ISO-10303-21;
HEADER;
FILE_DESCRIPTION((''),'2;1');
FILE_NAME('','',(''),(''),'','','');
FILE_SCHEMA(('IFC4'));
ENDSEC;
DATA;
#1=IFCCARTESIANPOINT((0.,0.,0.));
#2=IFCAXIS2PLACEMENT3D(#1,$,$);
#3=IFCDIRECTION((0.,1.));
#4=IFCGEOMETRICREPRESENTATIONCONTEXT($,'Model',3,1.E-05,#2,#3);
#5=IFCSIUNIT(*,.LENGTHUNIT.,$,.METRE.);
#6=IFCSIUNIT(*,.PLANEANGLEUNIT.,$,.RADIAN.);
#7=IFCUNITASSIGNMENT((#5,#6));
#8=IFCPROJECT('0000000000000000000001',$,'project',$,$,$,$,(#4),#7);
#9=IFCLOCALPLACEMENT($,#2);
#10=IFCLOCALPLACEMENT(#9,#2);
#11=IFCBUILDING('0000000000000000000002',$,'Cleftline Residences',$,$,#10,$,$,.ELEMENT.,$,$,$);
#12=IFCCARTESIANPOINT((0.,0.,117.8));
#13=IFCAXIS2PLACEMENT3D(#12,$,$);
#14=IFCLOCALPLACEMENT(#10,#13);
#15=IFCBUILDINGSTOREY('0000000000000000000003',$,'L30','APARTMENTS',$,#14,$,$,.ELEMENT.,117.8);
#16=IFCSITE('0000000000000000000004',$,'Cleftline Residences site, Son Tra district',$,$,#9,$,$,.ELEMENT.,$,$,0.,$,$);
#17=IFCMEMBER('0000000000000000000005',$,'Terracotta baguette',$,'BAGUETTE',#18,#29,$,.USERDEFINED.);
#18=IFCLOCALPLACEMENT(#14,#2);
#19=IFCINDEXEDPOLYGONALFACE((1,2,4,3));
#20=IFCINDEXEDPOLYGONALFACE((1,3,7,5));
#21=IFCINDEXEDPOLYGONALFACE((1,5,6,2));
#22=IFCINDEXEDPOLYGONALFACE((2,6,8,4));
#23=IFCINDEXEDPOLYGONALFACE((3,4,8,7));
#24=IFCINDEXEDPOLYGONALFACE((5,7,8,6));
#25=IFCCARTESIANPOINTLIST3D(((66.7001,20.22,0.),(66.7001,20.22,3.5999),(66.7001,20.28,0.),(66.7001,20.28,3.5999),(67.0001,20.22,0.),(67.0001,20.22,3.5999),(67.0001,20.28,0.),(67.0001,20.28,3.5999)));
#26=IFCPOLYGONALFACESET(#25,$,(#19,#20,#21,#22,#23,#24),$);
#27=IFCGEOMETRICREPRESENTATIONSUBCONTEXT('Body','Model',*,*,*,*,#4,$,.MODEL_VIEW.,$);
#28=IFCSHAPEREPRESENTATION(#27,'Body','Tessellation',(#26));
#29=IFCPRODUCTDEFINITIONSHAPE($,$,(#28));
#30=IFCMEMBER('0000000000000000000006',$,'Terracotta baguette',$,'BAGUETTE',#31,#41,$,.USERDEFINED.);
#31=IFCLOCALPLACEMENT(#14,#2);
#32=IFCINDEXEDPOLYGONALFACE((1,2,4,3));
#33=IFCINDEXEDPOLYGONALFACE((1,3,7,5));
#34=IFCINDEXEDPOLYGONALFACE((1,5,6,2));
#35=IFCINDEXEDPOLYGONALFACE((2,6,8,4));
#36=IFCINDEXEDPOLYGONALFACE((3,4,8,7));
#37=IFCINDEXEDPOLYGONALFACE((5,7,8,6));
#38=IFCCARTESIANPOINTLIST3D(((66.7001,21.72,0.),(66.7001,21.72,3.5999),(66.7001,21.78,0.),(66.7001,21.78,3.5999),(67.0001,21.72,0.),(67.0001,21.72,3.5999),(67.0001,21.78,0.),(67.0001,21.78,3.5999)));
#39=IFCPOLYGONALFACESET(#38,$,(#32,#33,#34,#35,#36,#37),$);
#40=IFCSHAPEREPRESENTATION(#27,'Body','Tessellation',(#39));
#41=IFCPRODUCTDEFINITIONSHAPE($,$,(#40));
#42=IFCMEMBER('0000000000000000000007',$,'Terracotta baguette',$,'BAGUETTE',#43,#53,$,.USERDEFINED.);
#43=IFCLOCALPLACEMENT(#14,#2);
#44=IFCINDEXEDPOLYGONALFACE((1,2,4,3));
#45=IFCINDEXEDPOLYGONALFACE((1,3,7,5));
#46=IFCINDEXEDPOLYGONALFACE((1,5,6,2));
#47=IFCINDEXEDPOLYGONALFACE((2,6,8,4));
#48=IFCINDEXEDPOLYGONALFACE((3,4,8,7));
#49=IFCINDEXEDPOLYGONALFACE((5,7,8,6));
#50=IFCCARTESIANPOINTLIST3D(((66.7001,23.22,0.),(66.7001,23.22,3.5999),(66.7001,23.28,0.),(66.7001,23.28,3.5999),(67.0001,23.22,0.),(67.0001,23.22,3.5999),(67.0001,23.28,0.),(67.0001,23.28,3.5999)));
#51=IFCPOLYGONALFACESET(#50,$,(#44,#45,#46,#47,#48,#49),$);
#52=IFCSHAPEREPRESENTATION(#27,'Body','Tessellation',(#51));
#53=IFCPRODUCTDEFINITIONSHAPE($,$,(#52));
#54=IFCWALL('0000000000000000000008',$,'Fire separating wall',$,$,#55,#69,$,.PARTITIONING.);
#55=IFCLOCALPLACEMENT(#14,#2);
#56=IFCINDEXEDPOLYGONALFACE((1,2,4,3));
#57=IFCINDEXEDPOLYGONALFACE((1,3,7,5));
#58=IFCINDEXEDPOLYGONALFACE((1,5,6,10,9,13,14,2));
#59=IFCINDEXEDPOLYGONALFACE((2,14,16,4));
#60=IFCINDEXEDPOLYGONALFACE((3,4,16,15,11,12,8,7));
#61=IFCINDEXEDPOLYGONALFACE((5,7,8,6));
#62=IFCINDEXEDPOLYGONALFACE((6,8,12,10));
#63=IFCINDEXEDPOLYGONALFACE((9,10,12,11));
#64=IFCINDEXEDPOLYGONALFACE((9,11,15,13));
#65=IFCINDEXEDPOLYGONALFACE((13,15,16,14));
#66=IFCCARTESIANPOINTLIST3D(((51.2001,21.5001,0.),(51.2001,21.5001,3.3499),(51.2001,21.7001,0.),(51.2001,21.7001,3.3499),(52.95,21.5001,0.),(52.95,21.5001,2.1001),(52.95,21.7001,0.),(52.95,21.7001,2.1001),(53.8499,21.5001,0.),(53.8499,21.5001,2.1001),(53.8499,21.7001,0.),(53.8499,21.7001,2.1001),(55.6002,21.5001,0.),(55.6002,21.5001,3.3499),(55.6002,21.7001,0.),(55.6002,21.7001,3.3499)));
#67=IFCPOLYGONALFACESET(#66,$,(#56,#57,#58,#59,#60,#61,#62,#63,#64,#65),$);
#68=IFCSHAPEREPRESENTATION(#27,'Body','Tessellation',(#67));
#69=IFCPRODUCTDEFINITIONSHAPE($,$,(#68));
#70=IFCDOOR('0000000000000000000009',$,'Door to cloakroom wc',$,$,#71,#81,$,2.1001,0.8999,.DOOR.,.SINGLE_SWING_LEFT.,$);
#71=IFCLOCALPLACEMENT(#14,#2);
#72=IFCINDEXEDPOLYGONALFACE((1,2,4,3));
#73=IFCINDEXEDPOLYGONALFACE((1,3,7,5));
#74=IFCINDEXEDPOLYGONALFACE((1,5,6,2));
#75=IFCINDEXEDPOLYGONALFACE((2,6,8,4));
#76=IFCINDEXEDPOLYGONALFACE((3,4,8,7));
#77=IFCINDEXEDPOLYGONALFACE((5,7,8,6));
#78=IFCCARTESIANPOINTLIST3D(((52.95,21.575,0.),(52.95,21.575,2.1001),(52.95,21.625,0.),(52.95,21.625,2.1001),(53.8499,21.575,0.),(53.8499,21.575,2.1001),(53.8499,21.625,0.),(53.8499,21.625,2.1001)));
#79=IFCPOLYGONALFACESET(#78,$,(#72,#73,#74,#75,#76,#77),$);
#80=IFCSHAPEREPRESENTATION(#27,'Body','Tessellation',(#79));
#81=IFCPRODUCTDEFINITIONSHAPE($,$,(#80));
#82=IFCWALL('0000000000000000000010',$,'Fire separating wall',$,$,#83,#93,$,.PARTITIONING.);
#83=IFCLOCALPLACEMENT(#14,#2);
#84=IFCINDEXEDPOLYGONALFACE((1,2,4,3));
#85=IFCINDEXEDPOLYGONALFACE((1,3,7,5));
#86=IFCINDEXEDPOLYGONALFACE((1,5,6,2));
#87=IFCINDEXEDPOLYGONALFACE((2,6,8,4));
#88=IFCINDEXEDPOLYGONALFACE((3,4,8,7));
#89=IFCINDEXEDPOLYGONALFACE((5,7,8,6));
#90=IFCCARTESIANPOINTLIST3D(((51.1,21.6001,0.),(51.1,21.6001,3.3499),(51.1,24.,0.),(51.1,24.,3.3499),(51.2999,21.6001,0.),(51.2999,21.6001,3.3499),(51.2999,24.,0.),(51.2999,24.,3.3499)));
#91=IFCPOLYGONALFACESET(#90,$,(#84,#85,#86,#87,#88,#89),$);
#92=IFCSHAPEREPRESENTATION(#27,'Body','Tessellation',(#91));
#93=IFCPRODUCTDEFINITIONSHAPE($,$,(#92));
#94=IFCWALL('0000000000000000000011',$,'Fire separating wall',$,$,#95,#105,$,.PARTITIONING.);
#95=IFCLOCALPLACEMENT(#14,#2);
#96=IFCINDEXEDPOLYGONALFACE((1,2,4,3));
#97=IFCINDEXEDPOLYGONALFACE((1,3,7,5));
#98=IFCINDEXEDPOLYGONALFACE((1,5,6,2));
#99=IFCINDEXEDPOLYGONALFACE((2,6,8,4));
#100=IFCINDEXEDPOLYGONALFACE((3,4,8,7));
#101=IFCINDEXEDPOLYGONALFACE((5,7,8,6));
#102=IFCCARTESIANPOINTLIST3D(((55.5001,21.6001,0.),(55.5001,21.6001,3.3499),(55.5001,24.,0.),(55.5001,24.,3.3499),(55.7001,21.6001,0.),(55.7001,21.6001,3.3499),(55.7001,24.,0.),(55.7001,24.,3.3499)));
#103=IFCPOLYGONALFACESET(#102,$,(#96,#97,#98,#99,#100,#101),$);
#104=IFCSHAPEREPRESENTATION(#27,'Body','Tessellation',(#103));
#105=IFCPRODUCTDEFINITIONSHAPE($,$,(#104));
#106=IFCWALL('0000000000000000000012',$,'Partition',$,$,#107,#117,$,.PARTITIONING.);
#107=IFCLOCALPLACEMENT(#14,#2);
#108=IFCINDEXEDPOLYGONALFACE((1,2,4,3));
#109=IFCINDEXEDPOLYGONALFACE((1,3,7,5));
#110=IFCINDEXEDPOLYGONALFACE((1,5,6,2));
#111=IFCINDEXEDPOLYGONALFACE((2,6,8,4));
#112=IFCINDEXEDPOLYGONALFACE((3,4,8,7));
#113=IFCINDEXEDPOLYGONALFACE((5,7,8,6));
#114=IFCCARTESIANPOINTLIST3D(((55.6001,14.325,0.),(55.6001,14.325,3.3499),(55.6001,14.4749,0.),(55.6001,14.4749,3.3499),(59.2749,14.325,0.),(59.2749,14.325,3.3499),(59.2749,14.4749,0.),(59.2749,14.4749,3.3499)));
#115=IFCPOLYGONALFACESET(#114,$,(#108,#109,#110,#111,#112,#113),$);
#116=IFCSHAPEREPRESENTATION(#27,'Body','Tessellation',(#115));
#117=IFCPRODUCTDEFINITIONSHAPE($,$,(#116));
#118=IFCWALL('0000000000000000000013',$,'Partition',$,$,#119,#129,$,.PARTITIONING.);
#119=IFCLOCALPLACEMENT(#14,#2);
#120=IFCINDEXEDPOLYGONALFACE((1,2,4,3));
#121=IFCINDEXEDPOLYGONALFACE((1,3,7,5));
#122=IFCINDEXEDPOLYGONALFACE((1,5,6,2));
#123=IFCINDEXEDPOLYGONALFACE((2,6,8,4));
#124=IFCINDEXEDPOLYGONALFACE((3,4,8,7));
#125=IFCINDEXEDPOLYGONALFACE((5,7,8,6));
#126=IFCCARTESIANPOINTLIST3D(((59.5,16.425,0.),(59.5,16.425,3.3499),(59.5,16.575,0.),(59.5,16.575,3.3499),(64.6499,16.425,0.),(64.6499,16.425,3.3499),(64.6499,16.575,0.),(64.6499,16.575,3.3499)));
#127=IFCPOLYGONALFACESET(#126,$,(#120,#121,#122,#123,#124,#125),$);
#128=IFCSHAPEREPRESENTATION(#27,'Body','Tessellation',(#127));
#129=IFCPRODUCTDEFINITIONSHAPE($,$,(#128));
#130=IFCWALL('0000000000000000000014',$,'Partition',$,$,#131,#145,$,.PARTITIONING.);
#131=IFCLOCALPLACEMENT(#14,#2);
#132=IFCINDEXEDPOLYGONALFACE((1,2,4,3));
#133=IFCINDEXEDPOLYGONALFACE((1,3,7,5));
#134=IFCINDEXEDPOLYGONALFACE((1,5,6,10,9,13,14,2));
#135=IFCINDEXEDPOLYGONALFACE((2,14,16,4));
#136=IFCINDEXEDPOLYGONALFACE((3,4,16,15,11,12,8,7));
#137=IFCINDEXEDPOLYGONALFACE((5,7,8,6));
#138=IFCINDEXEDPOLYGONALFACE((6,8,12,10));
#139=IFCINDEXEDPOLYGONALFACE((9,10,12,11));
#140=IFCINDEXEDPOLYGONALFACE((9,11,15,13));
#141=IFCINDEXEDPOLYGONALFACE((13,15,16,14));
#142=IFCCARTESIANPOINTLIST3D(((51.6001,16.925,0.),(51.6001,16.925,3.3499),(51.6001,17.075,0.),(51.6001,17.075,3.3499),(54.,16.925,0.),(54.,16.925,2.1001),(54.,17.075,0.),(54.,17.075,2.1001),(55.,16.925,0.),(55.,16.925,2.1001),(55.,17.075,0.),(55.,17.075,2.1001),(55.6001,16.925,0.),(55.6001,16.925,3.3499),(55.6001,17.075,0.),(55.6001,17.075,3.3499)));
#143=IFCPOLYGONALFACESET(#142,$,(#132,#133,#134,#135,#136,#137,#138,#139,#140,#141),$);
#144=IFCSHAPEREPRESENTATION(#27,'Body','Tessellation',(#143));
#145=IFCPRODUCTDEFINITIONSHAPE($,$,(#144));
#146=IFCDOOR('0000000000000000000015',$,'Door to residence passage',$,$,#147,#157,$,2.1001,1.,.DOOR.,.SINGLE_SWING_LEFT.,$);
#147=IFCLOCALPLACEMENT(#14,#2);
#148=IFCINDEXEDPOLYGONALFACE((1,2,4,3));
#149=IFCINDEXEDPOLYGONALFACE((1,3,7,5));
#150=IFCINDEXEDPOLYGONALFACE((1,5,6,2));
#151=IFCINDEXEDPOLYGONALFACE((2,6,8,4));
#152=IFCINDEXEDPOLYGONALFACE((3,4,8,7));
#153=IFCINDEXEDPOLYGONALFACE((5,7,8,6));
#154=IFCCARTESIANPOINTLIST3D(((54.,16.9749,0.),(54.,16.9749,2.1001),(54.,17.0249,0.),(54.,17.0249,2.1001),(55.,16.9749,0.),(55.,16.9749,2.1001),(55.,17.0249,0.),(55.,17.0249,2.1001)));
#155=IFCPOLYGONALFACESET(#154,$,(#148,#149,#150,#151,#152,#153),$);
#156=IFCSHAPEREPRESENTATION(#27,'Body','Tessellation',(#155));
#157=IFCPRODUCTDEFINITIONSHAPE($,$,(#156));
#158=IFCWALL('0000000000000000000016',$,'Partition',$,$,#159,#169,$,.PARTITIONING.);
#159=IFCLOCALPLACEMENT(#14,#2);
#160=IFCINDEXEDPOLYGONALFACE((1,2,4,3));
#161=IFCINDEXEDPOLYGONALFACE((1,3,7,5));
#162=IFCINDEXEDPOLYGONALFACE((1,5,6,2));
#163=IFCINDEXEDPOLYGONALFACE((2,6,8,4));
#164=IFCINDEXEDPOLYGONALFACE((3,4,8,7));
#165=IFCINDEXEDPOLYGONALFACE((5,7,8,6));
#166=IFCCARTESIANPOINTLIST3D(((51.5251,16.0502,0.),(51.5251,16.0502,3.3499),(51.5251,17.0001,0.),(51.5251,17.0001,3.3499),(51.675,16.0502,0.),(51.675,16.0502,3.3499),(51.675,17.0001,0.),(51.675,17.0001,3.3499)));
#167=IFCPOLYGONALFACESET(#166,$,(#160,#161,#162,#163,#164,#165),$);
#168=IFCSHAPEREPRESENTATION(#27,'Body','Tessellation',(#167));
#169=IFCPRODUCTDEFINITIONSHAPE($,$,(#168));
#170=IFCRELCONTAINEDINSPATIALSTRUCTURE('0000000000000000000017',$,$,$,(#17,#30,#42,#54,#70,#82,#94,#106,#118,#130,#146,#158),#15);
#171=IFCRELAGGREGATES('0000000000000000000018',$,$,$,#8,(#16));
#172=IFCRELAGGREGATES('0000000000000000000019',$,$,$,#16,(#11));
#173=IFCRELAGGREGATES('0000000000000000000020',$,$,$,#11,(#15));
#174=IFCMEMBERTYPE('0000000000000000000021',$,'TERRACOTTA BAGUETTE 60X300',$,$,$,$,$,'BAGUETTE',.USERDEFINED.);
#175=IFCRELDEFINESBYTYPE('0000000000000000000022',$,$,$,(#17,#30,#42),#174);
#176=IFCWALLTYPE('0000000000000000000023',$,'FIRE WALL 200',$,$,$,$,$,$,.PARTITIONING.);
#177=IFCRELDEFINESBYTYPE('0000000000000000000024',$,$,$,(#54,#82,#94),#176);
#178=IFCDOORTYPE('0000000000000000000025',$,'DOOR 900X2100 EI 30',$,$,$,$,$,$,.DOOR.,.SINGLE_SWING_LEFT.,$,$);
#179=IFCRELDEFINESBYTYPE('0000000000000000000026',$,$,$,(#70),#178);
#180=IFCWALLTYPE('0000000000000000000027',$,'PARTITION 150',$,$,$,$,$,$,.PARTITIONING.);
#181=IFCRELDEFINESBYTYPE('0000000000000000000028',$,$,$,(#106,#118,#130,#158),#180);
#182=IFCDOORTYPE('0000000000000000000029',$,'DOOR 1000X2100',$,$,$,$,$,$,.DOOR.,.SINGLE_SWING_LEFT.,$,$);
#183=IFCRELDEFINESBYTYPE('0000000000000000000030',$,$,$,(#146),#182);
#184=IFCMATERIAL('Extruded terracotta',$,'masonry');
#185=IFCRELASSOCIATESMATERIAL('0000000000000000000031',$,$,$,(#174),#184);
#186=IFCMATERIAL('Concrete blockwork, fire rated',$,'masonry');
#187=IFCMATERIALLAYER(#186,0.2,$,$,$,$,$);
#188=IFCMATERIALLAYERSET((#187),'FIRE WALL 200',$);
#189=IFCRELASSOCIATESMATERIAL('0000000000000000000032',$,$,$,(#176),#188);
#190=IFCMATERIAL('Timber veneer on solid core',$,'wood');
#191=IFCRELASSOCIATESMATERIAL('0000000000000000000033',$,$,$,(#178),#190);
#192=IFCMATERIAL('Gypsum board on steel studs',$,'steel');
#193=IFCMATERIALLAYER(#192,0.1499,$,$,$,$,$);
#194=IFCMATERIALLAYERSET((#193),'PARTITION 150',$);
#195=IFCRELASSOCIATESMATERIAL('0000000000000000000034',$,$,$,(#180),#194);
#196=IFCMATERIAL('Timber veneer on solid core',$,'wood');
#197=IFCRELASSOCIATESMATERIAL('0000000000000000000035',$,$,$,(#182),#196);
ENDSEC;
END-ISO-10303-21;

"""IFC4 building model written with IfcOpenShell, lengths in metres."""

from ifc_helpers import new_model, si_unit, direction, frame, frame_2d, origin, origin_2d, place, context, subcontext, project, spatial, rectangle, extrude, material, layer, layer_set, material_profile, profile_set, type_object, element, fill, save


model = new_model("IFC4")

# Units and contexts
model_context = context("Model", 3, precision=1e-05, world=origin(), true_north=direction((0.0, 1.0)))
body_context = subcontext(model_context, "Body", "Model", "MODEL_VIEW")
ifc_project = project(units=[si_unit("LENGTHUNIT", "METRE"), si_unit("PLANEANGLEUNIT", "RADIAN")], contexts=[model_context])

# Site, building, storey
site_placement = place(None, origin())
site = spatial("IfcSite", under=ifc_project, at=site_placement, Name="Cleftline Residences site, Son Tra district", CompositionType="ELEMENT", RefElevation=0.0)
building_placement = place(site_placement, origin())
building = spatial("IfcBuilding", under=site, at=building_placement, Name="Cleftline Residences", CompositionType="ELEMENT")
storey_placement = place(building_placement, frame((0.0, 0.0, 117.8)))
storey = spatial("IfcBuildingStorey", under=building, at=storey_placement, Name="L30", Description="APARTMENTS", CompositionType="ELEMENT", Elevation=117.8)

# Members
ifc_material_1 = material(Name="Extruded terracotta", Category="masonry")
ifc_material_profile_1 = material_profile(ifc_material_1, rectangle(XDim=0.0601, YDim=0.3, at=origin_2d()))
ifc_profile_set_1 = profile_set([ifc_material_profile_1], Name="Extruded terracotta")
member_type_1 = type_object("IfcMemberType", Name="TERRACOTTA BAGUETTE 60X300", ElementType="BAGUETTE", PredefinedType="USERDEFINED", material=ifc_profile_set_1)
for number, where, z_axis, x_axis, name in (
    (1, (66.8501, 20.25, 0.0), (0.0, 0.0, 1.0), (0.0, 1.0, 0.0), "Terracotta baguette"),
    (2, (66.8501, 21.75, 0.0), (0.0, 0.0, 1.0), (0.0, 1.0, 0.0), "Terracotta baguette"),
    (3, (66.8501, 23.25, 0.0), (0.0, 0.0, 1.0), (0.0, 1.0, 0.0), "Terracotta baguette"),
):
    element("IfcMember", number, at=place(storey_placement, frame(where, z_axis=z_axis, x_axis=x_axis)), inside=storey, type_object=member_type_1, Name=name, ObjectType="BAGUETTE", PredefinedType="USERDEFINED", context=body_context, shape_type="SweptSolid", body=[
        extrude(rectangle(XDim=0.0601, YDim=0.3, at=origin_2d()), origin(), (0.0, 0.0, 1.0), 3.5999),
    ])

# Wall, opening, door
ifc_material_2 = material(Name="Concrete blockwork, fire rated", Category="masonry")
ifc_layer_1 = layer(ifc_material_2, 0.2)
ifc_layer_set_1 = layer_set([ifc_layer_1], Name="FIRE WALL 200")
wall_type_1 = type_object("IfcWallType", Name="FIRE WALL 200", PredefinedType="PARTITIONING", material=ifc_layer_set_1)
wall_1_placement = place(storey_placement, frame((51.2, 21.6001, 0.0), z_axis=(0.0, 0.0, 1.0), x_axis=(1.0, 0.0, 0.0)))
wall_1 = element("IfcWall", 4, at=wall_1_placement, inside=storey, type_object=wall_type_1, Name="Fire separating wall", PredefinedType="PARTITIONING", context=body_context, shape_type="SweptSolid", body=[
    extrude(rectangle(XDim=4.4001, YDim=0.2, at=frame_2d((2.2002, 0.0))), origin(), (0.0, 0.0, 1.0), 3.3499),
])
opening_1_placement = place(wall_1_placement, frame((1.75, 0.0, 0.0)))
opening_1 = element("IfcOpeningElement", 5, at=opening_1_placement, cuts=wall_1, PredefinedType="OPENING", context=body_context, shape_type="SweptSolid", body=[
    extrude(rectangle(XDim=0.8999, YDim=2.1001, at=frame_2d((0.45, 1.05))), frame((0.0, 0.1099, 0.0), z_axis=(0.0, -1.0, 0.0), x_axis=(1.0, 0.0, 0.0)), (0.0, 0.0, 1.0), 0.22),
])
ifc_material_3 = material(Name="Timber veneer on solid core", Category="wood")
door_type_1 = type_object("IfcDoorType", Name="DOOR 900X2100 EI 30", OperationType="SINGLE_SWING_LEFT", PredefinedType="DOOR", material=ifc_material_3)
door_1_placement = place(opening_1_placement, origin())
door_1 = element("IfcDoor", 6, at=door_1_placement, inside=storey, type_object=door_type_1, Name="Door to cloakroom wc", OperationType="SINGLE_SWING_LEFT", OverallHeight=2.1001, OverallWidth=0.8999, PredefinedType="DOOR", context=body_context, shape_type="SweptSolid", body=[
    extrude(rectangle(XDim=0.8999, YDim=2.1001, at=frame_2d((0.45, 1.05))), frame((0.0, 0.0249, 0.0), z_axis=(0.0, -1.0, 0.0), x_axis=(1.0, 0.0, 0.0)), (0.0, 0.0, 1.0), 0.05),
])
fill(opening_1, door_1)

# Walls
for number, where, z_axis, x_axis, name in (
    (7, (51.2, 21.6001, 0.0), (0.0, 0.0, 1.0), (0.0, 1.0, 0.0), "Fire separating wall"),
    (8, (55.6001, 21.6001, 0.0), (0.0, 0.0, 1.0), (0.0, 1.0, 0.0), "Fire separating wall"),
):
    element("IfcWall", number, at=place(storey_placement, frame(where, z_axis=z_axis, x_axis=x_axis)), inside=storey, type_object=wall_type_1, Name=name, PredefinedType="PARTITIONING", context=body_context, shape_type="SweptSolid", body=[
        extrude(rectangle(XDim=2.3999, YDim=0.2, at=frame_2d((1.2, 0.0))), origin(), (0.0, 0.0, 1.0), 3.3499),
    ])
ifc_material_4 = material(Name="Gypsum board on steel studs", Category="steel")
ifc_layer_2 = layer(ifc_material_4, 0.1499)
ifc_layer_set_2 = layer_set([ifc_layer_2], Name="PARTITION 150")
wall_type_2 = type_object("IfcWallType", Name="PARTITION 150", PredefinedType="PARTITIONING", material=ifc_layer_set_2)
wall_2_placement = place(storey_placement, frame((55.6001, 14.3999, 0.0), z_axis=(0.0, 0.0, 1.0), x_axis=(1.0, 0.0, 0.0)))
element("IfcWall", 9, at=wall_2_placement, inside=storey, type_object=wall_type_2, Name="Partition", PredefinedType="PARTITIONING", context=body_context, shape_type="SweptSolid", body=[
    extrude(rectangle(XDim=3.6748, YDim=0.1499, at=frame_2d((1.8374, 0.0))), origin(), (0.0, 0.0, 1.0), 3.3499),
])
wall_3_placement = place(storey_placement, frame((59.5, 16.5, 0.0), z_axis=(0.0, 0.0, 1.0), x_axis=(1.0, 0.0, 0.0)))
element("IfcWall", 10, at=wall_3_placement, inside=storey, type_object=wall_type_2, Name="Partition", PredefinedType="PARTITIONING", context=body_context, shape_type="SweptSolid", body=[
    extrude(rectangle(XDim=5.1499, YDim=0.1499, at=frame_2d((2.575, 0.0))), origin(), (0.0, 0.0, 1.0), 3.3499),
])

# Wall, opening, door
wall_4_placement = place(storey_placement, frame((51.6001, 17.0, 0.0), z_axis=(0.0, 0.0, 1.0), x_axis=(1.0, 0.0, 0.0)))
wall_4 = element("IfcWall", 11, at=wall_4_placement, inside=storey, type_object=wall_type_2, Name="Partition", PredefinedType="PARTITIONING", context=body_context, shape_type="SweptSolid", body=[
    extrude(rectangle(XDim=4.0, YDim=0.1499, at=frame_2d((2.0, 0.0))), origin(), (0.0, 0.0, 1.0), 3.3499),
])
opening_2_placement = place(wall_4_placement, frame((2.3999, 0.0, 0.0)))
opening_2 = element("IfcOpeningElement", 12, at=opening_2_placement, cuts=wall_4, PredefinedType="OPENING", context=body_context, shape_type="SweptSolid", body=[
    extrude(rectangle(XDim=1.0, YDim=2.1001, at=frame_2d((0.5, 1.05))), frame((0.0, 0.085, 0.0), z_axis=(0.0, -1.0, 0.0), x_axis=(1.0, 0.0, 0.0)), (0.0, 0.0, 1.0), 0.1699),
])
ifc_material_5 = material(Name="Timber veneer on solid core", Category="wood")
door_type_2 = type_object("IfcDoorType", Name="DOOR 1000X2100", OperationType="SINGLE_SWING_LEFT", PredefinedType="DOOR", material=ifc_material_5)
door_2_placement = place(opening_2_placement, origin())
door_2 = element("IfcDoor", 13, at=door_2_placement, inside=storey, type_object=door_type_2, Name="Door to residence passage", OperationType="SINGLE_SWING_LEFT", OverallHeight=2.1001, OverallWidth=1.0, PredefinedType="DOOR", context=body_context, shape_type="SweptSolid", body=[
    extrude(rectangle(XDim=1.0, YDim=2.1001, at=frame_2d((0.5, 1.05))), frame((0.0, 0.0249, 0.0), z_axis=(0.0, -1.0, 0.0), x_axis=(1.0, 0.0, 0.0)), (0.0, 0.0, 1.0), 0.05),
])
fill(opening_2, door_2)

# Wall
wall_5_placement = place(storey_placement, frame((51.6001, 16.05, 0.0), z_axis=(0.0, 0.0, 1.0), x_axis=(0.0, 1.0, 0.0)))
element("IfcWall", 14, at=wall_5_placement, inside=storey, type_object=wall_type_2, Name="Partition", PredefinedType="PARTITIONING", context=body_context, shape_type="SweptSolid", body=[
    extrude(rectangle(XDim=0.95, YDim=0.1499, at=frame_2d((0.4751, 0.0))), origin(), (0.0, 0.0, 1.0), 3.3499),
])

save(model, "model.ifc")
